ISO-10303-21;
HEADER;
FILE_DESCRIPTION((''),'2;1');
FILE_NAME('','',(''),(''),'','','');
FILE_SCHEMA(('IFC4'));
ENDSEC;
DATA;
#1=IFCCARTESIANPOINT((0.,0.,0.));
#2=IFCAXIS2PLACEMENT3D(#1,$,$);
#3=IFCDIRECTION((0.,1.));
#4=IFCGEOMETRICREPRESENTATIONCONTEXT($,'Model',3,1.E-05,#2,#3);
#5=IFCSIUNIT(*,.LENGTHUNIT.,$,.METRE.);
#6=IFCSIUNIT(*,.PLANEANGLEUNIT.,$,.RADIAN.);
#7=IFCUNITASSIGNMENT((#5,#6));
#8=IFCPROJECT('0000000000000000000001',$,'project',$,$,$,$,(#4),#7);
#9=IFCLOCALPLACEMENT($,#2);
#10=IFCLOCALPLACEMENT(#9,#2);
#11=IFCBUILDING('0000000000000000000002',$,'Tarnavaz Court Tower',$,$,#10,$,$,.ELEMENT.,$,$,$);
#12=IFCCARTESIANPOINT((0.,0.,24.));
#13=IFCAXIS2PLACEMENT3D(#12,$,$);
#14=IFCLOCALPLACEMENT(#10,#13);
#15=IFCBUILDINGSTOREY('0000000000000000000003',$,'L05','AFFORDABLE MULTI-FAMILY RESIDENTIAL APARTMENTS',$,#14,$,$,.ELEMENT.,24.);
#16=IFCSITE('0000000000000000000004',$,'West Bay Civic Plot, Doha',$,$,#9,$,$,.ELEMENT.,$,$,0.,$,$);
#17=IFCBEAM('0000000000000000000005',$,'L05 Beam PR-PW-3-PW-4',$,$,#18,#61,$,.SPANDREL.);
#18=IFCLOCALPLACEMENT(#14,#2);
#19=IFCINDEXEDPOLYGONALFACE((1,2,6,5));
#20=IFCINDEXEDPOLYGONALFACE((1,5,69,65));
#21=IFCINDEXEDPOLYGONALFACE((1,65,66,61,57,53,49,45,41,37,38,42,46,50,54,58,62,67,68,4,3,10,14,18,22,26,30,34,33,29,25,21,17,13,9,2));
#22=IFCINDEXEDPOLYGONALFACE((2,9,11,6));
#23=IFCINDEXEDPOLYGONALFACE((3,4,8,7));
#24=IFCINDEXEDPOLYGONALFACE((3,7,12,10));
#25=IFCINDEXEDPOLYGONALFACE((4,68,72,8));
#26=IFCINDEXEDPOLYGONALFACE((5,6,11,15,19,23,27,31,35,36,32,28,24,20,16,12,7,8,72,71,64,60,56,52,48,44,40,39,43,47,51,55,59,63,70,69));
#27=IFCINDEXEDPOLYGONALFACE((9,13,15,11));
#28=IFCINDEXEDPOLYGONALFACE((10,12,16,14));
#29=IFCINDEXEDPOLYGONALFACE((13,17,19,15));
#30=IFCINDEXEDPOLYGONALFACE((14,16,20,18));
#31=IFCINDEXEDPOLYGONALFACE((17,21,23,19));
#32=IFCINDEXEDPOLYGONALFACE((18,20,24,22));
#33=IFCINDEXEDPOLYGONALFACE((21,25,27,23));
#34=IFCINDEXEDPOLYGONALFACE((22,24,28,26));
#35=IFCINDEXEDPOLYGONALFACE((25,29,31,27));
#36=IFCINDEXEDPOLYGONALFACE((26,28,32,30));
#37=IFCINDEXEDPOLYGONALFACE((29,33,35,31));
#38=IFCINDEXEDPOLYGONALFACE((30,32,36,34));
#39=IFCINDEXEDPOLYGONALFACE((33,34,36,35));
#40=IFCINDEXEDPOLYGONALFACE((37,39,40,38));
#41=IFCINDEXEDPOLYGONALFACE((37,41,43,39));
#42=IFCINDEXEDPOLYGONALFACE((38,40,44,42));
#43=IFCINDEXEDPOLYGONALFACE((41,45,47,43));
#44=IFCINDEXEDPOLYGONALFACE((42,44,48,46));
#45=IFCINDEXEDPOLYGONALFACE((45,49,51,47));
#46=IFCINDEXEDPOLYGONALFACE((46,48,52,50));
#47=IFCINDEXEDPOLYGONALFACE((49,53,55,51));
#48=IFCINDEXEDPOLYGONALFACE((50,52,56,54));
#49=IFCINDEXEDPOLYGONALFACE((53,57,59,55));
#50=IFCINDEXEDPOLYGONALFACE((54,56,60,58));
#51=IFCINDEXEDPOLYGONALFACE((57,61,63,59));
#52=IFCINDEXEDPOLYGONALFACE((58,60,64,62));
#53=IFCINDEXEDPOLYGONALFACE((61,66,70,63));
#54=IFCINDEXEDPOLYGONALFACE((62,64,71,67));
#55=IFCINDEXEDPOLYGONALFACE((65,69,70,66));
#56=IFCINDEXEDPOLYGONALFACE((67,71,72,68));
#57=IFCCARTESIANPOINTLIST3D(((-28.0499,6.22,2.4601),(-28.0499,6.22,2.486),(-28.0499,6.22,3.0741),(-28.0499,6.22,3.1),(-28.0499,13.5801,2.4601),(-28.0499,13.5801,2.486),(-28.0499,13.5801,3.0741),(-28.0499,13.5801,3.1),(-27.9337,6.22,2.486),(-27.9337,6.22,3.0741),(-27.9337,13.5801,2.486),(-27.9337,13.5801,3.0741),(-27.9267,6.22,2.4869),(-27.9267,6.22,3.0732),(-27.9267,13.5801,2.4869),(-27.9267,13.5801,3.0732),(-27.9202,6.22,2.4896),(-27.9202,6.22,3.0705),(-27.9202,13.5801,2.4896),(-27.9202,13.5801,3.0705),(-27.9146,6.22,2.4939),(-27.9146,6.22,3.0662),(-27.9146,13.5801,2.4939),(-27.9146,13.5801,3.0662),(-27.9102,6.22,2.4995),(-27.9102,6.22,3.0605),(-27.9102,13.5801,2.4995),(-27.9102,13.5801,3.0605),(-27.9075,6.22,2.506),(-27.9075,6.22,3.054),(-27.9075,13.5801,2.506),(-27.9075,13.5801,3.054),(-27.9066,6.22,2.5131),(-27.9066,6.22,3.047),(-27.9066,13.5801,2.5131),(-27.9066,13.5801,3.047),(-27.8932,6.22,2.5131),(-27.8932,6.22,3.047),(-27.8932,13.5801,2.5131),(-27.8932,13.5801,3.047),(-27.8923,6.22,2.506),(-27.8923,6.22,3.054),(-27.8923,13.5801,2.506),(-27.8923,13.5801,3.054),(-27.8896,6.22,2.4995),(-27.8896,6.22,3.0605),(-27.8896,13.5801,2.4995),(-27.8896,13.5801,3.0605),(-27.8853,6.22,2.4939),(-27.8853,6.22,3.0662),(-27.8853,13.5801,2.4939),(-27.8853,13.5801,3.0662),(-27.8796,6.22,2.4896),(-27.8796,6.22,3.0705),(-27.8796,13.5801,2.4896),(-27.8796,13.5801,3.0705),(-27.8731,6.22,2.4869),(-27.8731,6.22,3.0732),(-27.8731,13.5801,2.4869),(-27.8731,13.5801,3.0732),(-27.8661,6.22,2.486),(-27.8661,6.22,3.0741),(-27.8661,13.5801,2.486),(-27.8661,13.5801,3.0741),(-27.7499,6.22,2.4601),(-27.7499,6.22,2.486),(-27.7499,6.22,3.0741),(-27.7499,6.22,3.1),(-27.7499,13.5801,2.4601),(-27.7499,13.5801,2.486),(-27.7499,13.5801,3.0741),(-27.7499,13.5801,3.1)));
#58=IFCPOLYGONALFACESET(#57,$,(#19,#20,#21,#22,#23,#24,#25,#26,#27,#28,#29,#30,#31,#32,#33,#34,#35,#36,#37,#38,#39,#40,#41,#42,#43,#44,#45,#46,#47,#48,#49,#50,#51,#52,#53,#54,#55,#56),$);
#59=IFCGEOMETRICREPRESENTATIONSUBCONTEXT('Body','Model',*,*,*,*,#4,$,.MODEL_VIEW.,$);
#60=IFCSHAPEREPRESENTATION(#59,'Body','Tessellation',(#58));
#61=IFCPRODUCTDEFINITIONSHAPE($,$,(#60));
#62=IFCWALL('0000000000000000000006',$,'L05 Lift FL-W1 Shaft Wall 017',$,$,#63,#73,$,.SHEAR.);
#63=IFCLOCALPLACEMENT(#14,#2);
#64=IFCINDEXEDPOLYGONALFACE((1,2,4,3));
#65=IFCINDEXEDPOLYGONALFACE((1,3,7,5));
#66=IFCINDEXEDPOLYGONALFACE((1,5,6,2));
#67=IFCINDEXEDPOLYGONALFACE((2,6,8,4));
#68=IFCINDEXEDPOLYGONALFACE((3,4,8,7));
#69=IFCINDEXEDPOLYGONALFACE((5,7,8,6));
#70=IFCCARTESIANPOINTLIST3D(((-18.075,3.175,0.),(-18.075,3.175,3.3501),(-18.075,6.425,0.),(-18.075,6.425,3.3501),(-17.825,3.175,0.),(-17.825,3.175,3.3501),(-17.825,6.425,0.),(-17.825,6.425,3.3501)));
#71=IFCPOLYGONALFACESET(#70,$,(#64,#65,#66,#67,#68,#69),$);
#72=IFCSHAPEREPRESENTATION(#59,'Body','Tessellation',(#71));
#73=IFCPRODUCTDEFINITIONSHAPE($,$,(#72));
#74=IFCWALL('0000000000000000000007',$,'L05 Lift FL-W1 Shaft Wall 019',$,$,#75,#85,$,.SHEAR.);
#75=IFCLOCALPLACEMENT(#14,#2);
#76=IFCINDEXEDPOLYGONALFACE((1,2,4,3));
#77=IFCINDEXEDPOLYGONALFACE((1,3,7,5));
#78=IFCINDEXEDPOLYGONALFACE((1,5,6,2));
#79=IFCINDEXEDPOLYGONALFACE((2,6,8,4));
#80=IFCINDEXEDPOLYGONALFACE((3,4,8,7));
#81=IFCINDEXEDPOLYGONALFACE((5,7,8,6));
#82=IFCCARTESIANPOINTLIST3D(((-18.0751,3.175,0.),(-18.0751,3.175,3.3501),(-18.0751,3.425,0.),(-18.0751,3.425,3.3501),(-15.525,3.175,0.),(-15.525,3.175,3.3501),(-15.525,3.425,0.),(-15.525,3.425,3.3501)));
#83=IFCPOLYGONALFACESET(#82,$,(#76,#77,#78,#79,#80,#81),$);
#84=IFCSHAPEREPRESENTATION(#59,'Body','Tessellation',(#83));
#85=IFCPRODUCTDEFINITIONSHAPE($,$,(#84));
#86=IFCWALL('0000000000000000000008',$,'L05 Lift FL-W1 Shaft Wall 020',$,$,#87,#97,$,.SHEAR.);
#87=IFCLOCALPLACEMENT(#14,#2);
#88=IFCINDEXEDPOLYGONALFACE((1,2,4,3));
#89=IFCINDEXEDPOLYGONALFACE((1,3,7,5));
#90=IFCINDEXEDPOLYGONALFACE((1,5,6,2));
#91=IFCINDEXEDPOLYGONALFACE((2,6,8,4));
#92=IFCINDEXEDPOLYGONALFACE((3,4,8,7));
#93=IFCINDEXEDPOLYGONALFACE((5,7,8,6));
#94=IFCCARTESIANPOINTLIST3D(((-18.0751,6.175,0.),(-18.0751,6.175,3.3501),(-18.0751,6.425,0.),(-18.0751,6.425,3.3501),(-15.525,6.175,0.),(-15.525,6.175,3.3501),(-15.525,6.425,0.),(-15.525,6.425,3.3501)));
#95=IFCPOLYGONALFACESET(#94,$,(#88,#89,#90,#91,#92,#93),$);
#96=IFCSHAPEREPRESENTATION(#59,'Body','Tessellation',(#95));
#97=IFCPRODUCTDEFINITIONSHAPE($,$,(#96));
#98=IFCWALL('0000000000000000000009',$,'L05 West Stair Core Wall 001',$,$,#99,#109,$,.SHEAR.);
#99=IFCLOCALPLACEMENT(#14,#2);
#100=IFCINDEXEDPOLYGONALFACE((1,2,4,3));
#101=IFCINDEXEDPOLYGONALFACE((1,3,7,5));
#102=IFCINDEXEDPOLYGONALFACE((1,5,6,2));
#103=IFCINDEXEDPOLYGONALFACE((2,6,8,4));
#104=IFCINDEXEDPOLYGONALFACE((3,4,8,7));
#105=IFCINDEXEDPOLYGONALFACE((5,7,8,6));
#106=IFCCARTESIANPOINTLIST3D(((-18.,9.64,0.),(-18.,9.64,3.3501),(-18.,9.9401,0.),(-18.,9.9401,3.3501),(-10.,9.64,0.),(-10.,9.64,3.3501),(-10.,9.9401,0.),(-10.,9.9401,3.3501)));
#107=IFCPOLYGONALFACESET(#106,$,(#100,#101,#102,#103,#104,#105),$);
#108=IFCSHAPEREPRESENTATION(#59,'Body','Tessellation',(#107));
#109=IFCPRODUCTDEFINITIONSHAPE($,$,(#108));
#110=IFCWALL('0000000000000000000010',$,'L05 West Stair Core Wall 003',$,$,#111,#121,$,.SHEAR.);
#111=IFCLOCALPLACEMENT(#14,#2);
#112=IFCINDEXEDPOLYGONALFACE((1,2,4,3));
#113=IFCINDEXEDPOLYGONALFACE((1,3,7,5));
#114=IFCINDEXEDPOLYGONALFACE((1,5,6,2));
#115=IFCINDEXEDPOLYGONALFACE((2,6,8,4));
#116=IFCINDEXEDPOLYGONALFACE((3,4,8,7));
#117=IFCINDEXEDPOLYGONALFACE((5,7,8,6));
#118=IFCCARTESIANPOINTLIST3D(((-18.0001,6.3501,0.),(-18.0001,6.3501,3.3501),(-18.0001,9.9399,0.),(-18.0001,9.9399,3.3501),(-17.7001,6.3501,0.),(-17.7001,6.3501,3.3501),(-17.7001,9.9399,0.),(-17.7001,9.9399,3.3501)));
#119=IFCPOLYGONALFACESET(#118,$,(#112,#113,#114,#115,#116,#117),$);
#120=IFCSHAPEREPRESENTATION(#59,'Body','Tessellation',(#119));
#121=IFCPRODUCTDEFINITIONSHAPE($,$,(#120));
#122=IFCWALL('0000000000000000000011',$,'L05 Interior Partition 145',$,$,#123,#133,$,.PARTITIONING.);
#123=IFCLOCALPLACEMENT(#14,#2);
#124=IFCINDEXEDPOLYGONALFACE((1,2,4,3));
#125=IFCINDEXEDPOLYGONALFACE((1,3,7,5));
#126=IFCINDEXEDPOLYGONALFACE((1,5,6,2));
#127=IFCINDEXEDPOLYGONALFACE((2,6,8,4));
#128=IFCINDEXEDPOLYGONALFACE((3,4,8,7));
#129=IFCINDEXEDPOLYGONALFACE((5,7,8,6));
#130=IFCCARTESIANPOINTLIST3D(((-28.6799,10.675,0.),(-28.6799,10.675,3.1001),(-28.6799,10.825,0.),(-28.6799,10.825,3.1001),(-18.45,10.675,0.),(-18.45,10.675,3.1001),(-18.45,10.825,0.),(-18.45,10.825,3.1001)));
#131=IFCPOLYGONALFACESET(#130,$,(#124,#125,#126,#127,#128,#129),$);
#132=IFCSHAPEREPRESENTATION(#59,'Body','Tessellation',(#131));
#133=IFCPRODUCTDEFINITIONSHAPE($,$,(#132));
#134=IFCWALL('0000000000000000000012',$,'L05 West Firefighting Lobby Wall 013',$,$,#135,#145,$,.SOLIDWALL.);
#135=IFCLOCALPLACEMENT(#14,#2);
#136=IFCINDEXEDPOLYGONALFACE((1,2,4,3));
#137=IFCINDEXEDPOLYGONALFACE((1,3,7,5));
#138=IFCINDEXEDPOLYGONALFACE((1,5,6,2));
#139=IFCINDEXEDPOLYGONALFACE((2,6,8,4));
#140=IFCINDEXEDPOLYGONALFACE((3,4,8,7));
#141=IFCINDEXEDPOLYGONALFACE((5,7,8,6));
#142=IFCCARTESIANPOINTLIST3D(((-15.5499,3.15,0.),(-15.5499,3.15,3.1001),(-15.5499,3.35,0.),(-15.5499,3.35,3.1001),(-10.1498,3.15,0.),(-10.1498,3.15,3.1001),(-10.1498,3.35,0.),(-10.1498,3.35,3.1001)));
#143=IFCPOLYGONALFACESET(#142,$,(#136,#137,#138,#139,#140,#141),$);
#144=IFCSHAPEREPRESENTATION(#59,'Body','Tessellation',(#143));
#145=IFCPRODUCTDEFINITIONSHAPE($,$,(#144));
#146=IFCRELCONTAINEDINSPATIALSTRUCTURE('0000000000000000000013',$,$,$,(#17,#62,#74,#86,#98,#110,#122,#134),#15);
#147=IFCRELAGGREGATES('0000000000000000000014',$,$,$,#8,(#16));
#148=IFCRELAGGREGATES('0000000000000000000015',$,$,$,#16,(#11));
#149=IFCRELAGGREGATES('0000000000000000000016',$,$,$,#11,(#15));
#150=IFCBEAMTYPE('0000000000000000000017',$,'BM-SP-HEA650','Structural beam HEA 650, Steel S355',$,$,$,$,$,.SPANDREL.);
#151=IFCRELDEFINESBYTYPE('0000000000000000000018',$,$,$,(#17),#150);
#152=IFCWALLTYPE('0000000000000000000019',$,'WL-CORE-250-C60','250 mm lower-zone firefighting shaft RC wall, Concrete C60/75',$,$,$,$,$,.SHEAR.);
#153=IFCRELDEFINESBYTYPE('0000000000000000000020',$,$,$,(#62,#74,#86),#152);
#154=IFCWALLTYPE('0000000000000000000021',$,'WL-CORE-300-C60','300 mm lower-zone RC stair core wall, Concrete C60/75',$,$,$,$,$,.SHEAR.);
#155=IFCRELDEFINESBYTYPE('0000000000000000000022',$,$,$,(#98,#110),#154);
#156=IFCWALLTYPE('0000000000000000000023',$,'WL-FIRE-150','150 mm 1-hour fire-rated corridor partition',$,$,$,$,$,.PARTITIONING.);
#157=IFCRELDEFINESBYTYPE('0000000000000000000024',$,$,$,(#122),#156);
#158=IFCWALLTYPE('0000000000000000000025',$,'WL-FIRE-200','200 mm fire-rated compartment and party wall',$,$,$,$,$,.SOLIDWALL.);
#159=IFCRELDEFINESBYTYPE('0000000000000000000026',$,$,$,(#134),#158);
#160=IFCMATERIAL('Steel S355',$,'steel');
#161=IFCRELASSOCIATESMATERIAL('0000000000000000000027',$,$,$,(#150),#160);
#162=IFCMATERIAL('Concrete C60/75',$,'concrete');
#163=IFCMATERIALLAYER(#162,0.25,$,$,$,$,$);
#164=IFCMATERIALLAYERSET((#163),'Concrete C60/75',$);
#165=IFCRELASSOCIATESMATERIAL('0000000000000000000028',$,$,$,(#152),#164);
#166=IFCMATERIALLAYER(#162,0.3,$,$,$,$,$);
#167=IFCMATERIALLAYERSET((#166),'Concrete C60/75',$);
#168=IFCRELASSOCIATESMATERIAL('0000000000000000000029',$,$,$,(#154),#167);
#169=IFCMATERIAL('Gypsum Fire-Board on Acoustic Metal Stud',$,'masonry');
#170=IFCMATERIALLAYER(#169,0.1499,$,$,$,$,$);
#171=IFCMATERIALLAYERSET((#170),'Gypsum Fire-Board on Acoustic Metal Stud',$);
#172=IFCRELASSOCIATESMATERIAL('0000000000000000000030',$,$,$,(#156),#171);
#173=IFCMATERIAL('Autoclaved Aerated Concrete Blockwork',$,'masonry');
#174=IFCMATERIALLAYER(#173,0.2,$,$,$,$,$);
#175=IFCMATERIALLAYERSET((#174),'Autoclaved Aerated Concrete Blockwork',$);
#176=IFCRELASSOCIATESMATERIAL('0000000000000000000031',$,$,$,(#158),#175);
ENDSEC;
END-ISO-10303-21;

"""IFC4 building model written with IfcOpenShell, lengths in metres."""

from ifc_helpers import new_model, si_unit, direction, frame, frame_2d, origin, origin_2d, place, context, subcontext, project, spatial, rectangle, i_section, extrude, material, layer, layer_set, material_profile, profile_set, type_object, element, save


model = new_model("IFC4")

# Units and contexts
model_context = context("Model", 3, precision=1e-05, world=origin(), true_north=direction((0.0, 1.0)))
body_context = subcontext(model_context, "Body", "Model", "MODEL_VIEW")
ifc_project = project(units=[si_unit("LENGTHUNIT", "METRE"), si_unit("PLANEANGLEUNIT", "RADIAN")], contexts=[model_context])

# Site, building, storey
site_placement = place(None, origin())
site = spatial("IfcSite", under=ifc_project, at=site_placement, Name="West Bay Civic Plot, Doha", CompositionType="ELEMENT", RefElevation=0.0)
building_placement = place(site_placement, origin())
building = spatial("IfcBuilding", under=site, at=building_placement, Name="Tarnavaz Court Tower", CompositionType="ELEMENT")
storey_placement = place(building_placement, frame((0.0, 0.0, 24.0)))
storey = spatial("IfcBuildingStorey", under=building, at=storey_placement, Name="L05", Description="AFFORDABLE MULTI-FAMILY RESIDENTIAL APARTMENTS", CompositionType="ELEMENT", Elevation=24.0)

# Shared definitions
ifc_material_1 = material(Name="Concrete C60/75", Category="concrete")

# Beam
ifc_material_2 = material(Name="Steel S355", Category="steel")
ifc_material_profile_1 = material_profile(ifc_material_2, i_section(OverallWidth=0.3, OverallDepth=0.6399, WebThickness=0.0134, FlangeThickness=0.0259, FilletRadius=0.0271, at=origin_2d()), Name="HEA 650")
ifc_profile_set_1 = profile_set([ifc_material_profile_1], Name="Steel S355")
beam_type_1 = type_object("IfcBeamType", Name="BM-SP-HEA650", Description="Structural beam HEA 650, Steel S355", PredefinedType="SPANDREL", material=ifc_profile_set_1)
beam_1_placement = place(storey_placement, frame((-27.8999, 6.22, 2.78), z_axis=(0.0, 1.0, 0.0), x_axis=(-1.0, 0.0, 0.0)))
element("IfcBeam", 1, at=beam_1_placement, inside=storey, type_object=beam_type_1, Name="L05 Beam PR-PW-3-PW-4", PredefinedType="SPANDREL", context=body_context, shape_type="SweptSolid", body=[
    extrude(i_section(OverallWidth=0.3, OverallDepth=0.6399, WebThickness=0.0134, FlangeThickness=0.0259, FilletRadius=0.0271, at=origin_2d()), origin(), (0.0, 0.0, 1.0), 7.3601),
])

# Wall
ifc_layer_1 = layer(ifc_material_1, 0.25)
ifc_layer_set_1 = layer_set([ifc_layer_1], Name="Concrete C60/75")
wall_type_1 = type_object("IfcWallType", Name="WL-CORE-250-C60", Description="250 mm lower-zone firefighting shaft RC wall, Concrete C60/75", PredefinedType="SHEAR", material=ifc_layer_set_1)
wall_1_placement = place(storey_placement, frame((-17.95, 3.175, 0.0), z_axis=(0.0, 0.0, 1.0), x_axis=(0.0, 1.0, 0.0)))
element("IfcWall", 2, at=wall_1_placement, inside=storey, type_object=wall_type_1, Name="L05 Lift FL-W1 Shaft Wall 017", PredefinedType="SHEAR", context=body_context, shape_type="SweptSolid", body=[
    extrude(rectangle(XDim=3.25, YDim=0.25, at=frame_2d((1.625, 0.0))), origin(), (0.0, 0.0, 1.0), 3.3501),
])

# Walls
for number, where, z_axis, x_axis, name in (
    (3, (-18.075, 3.3, 0.0), (0.0, 0.0, 1.0), (1.0, 0.0, 0.0), "L05 Lift FL-W1 Shaft Wall 019"),
    (4, (-18.075, 6.3, 0.0), (0.0, 0.0, 1.0), (1.0, 0.0, 0.0), "L05 Lift FL-W1 Shaft Wall 020"),
):
    element("IfcWall", number, at=place(storey_placement, frame(where, z_axis=z_axis, x_axis=x_axis)), inside=storey, type_object=wall_type_1, Name=name, PredefinedType="SHEAR", context=body_context, shape_type="SweptSolid", body=[
        extrude(rectangle(XDim=2.55, YDim=0.25, at=frame_2d((1.2749, 0.0))), origin(), (0.0, 0.0, 1.0), 3.3501),
    ])
ifc_layer_2 = layer(ifc_material_1, 0.3)
ifc_layer_set_2 = layer_set([ifc_layer_2], Name="Concrete C60/75")
wall_type_2 = type_object("IfcWallType", Name="WL-CORE-300-C60", Description="300 mm lower-zone RC stair core wall, Concrete C60/75", PredefinedType="SHEAR", material=ifc_layer_set_2)
wall_2_placement = place(storey_placement, frame((-18.0, 9.79, 0.0), z_axis=(0.0, 0.0, 1.0), x_axis=(1.0, 0.0, 0.0)))
element("IfcWall", 5, at=wall_2_placement, inside=storey, type_object=wall_type_2, Name="L05 West Stair Core Wall 001", PredefinedType="SHEAR", context=body_context, shape_type="SweptSolid", body=[
    extrude(rectangle(XDim=8.0, YDim=0.3, at=frame_2d((4.0, 0.0))), origin(), (0.0, 0.0, 1.0), 3.3501),
])

# Walls
wall_3_placement = place(storey_placement, frame((-17.8501, 6.3501, 0.0), z_axis=(0.0, 0.0, 1.0), x_axis=(0.0, 1.0, 0.0)))
element("IfcWall", 6, at=wall_3_placement, inside=storey, type_object=wall_type_2, Name="L05 West Stair Core Wall 003", PredefinedType="SHEAR", context=body_context, shape_type="SweptSolid", body=[
    extrude(rectangle(XDim=3.5898, YDim=0.3, at=frame_2d((1.7949, 0.0))), origin(), (0.0, 0.0, 1.0), 3.3501),
])
ifc_material_3 = material(Name="Gypsum Fire-Board on Acoustic Metal Stud", Category="masonry")
ifc_layer_3 = layer(ifc_material_3, 0.1499)
ifc_layer_set_3 = layer_set([ifc_layer_3], Name="Gypsum Fire-Board on Acoustic Metal Stud")
wall_type_3 = type_object("IfcWallType", Name="WL-FIRE-150", Description="150 mm 1-hour fire-rated corridor partition", PredefinedType="PARTITIONING", material=ifc_layer_set_3)
wall_4_placement = place(storey_placement, frame((-28.6799, 10.75, 0.0), z_axis=(0.0, 0.0, 1.0), x_axis=(1.0, 0.0, 0.0)))
element("IfcWall", 7, at=wall_4_placement, inside=storey, type_object=wall_type_3, Name="L05 Interior Partition 145", PredefinedType="PARTITIONING", context=body_context, shape_type="SweptSolid", body=[
    extrude(rectangle(XDim=10.23, YDim=0.1499, at=frame_2d((5.115, 0.0))), origin(), (0.0, 0.0, 1.0), 3.1001),
])
ifc_material_4 = material(Name="Autoclaved Aerated Concrete Blockwork", Category="masonry")
ifc_layer_4 = layer(ifc_material_4, 0.2)
ifc_layer_set_4 = layer_set([ifc_layer_4], Name="Autoclaved Aerated Concrete Blockwork")
wall_type_4 = type_object("IfcWallType", Name="WL-FIRE-200", Description="200 mm fire-rated compartment and party wall", PredefinedType="SOLIDWALL", material=ifc_layer_set_4)
wall_5_placement = place(storey_placement, frame((-15.55, 3.25, 0.0), z_axis=(0.0, 0.0, 1.0), x_axis=(1.0, 0.0, 0.0)))
element("IfcWall", 8, at=wall_5_placement, inside=storey, type_object=wall_type_4, Name="L05 West Firefighting Lobby Wall 013", PredefinedType="SOLIDWALL", context=body_context, shape_type="SweptSolid", body=[
    extrude(rectangle(XDim=5.4001, YDim=0.2, at=frame_2d((2.7002, 0.0))), origin(), (0.0, 0.0, 1.0), 3.1001),
])

save(model, "model.ifc")
